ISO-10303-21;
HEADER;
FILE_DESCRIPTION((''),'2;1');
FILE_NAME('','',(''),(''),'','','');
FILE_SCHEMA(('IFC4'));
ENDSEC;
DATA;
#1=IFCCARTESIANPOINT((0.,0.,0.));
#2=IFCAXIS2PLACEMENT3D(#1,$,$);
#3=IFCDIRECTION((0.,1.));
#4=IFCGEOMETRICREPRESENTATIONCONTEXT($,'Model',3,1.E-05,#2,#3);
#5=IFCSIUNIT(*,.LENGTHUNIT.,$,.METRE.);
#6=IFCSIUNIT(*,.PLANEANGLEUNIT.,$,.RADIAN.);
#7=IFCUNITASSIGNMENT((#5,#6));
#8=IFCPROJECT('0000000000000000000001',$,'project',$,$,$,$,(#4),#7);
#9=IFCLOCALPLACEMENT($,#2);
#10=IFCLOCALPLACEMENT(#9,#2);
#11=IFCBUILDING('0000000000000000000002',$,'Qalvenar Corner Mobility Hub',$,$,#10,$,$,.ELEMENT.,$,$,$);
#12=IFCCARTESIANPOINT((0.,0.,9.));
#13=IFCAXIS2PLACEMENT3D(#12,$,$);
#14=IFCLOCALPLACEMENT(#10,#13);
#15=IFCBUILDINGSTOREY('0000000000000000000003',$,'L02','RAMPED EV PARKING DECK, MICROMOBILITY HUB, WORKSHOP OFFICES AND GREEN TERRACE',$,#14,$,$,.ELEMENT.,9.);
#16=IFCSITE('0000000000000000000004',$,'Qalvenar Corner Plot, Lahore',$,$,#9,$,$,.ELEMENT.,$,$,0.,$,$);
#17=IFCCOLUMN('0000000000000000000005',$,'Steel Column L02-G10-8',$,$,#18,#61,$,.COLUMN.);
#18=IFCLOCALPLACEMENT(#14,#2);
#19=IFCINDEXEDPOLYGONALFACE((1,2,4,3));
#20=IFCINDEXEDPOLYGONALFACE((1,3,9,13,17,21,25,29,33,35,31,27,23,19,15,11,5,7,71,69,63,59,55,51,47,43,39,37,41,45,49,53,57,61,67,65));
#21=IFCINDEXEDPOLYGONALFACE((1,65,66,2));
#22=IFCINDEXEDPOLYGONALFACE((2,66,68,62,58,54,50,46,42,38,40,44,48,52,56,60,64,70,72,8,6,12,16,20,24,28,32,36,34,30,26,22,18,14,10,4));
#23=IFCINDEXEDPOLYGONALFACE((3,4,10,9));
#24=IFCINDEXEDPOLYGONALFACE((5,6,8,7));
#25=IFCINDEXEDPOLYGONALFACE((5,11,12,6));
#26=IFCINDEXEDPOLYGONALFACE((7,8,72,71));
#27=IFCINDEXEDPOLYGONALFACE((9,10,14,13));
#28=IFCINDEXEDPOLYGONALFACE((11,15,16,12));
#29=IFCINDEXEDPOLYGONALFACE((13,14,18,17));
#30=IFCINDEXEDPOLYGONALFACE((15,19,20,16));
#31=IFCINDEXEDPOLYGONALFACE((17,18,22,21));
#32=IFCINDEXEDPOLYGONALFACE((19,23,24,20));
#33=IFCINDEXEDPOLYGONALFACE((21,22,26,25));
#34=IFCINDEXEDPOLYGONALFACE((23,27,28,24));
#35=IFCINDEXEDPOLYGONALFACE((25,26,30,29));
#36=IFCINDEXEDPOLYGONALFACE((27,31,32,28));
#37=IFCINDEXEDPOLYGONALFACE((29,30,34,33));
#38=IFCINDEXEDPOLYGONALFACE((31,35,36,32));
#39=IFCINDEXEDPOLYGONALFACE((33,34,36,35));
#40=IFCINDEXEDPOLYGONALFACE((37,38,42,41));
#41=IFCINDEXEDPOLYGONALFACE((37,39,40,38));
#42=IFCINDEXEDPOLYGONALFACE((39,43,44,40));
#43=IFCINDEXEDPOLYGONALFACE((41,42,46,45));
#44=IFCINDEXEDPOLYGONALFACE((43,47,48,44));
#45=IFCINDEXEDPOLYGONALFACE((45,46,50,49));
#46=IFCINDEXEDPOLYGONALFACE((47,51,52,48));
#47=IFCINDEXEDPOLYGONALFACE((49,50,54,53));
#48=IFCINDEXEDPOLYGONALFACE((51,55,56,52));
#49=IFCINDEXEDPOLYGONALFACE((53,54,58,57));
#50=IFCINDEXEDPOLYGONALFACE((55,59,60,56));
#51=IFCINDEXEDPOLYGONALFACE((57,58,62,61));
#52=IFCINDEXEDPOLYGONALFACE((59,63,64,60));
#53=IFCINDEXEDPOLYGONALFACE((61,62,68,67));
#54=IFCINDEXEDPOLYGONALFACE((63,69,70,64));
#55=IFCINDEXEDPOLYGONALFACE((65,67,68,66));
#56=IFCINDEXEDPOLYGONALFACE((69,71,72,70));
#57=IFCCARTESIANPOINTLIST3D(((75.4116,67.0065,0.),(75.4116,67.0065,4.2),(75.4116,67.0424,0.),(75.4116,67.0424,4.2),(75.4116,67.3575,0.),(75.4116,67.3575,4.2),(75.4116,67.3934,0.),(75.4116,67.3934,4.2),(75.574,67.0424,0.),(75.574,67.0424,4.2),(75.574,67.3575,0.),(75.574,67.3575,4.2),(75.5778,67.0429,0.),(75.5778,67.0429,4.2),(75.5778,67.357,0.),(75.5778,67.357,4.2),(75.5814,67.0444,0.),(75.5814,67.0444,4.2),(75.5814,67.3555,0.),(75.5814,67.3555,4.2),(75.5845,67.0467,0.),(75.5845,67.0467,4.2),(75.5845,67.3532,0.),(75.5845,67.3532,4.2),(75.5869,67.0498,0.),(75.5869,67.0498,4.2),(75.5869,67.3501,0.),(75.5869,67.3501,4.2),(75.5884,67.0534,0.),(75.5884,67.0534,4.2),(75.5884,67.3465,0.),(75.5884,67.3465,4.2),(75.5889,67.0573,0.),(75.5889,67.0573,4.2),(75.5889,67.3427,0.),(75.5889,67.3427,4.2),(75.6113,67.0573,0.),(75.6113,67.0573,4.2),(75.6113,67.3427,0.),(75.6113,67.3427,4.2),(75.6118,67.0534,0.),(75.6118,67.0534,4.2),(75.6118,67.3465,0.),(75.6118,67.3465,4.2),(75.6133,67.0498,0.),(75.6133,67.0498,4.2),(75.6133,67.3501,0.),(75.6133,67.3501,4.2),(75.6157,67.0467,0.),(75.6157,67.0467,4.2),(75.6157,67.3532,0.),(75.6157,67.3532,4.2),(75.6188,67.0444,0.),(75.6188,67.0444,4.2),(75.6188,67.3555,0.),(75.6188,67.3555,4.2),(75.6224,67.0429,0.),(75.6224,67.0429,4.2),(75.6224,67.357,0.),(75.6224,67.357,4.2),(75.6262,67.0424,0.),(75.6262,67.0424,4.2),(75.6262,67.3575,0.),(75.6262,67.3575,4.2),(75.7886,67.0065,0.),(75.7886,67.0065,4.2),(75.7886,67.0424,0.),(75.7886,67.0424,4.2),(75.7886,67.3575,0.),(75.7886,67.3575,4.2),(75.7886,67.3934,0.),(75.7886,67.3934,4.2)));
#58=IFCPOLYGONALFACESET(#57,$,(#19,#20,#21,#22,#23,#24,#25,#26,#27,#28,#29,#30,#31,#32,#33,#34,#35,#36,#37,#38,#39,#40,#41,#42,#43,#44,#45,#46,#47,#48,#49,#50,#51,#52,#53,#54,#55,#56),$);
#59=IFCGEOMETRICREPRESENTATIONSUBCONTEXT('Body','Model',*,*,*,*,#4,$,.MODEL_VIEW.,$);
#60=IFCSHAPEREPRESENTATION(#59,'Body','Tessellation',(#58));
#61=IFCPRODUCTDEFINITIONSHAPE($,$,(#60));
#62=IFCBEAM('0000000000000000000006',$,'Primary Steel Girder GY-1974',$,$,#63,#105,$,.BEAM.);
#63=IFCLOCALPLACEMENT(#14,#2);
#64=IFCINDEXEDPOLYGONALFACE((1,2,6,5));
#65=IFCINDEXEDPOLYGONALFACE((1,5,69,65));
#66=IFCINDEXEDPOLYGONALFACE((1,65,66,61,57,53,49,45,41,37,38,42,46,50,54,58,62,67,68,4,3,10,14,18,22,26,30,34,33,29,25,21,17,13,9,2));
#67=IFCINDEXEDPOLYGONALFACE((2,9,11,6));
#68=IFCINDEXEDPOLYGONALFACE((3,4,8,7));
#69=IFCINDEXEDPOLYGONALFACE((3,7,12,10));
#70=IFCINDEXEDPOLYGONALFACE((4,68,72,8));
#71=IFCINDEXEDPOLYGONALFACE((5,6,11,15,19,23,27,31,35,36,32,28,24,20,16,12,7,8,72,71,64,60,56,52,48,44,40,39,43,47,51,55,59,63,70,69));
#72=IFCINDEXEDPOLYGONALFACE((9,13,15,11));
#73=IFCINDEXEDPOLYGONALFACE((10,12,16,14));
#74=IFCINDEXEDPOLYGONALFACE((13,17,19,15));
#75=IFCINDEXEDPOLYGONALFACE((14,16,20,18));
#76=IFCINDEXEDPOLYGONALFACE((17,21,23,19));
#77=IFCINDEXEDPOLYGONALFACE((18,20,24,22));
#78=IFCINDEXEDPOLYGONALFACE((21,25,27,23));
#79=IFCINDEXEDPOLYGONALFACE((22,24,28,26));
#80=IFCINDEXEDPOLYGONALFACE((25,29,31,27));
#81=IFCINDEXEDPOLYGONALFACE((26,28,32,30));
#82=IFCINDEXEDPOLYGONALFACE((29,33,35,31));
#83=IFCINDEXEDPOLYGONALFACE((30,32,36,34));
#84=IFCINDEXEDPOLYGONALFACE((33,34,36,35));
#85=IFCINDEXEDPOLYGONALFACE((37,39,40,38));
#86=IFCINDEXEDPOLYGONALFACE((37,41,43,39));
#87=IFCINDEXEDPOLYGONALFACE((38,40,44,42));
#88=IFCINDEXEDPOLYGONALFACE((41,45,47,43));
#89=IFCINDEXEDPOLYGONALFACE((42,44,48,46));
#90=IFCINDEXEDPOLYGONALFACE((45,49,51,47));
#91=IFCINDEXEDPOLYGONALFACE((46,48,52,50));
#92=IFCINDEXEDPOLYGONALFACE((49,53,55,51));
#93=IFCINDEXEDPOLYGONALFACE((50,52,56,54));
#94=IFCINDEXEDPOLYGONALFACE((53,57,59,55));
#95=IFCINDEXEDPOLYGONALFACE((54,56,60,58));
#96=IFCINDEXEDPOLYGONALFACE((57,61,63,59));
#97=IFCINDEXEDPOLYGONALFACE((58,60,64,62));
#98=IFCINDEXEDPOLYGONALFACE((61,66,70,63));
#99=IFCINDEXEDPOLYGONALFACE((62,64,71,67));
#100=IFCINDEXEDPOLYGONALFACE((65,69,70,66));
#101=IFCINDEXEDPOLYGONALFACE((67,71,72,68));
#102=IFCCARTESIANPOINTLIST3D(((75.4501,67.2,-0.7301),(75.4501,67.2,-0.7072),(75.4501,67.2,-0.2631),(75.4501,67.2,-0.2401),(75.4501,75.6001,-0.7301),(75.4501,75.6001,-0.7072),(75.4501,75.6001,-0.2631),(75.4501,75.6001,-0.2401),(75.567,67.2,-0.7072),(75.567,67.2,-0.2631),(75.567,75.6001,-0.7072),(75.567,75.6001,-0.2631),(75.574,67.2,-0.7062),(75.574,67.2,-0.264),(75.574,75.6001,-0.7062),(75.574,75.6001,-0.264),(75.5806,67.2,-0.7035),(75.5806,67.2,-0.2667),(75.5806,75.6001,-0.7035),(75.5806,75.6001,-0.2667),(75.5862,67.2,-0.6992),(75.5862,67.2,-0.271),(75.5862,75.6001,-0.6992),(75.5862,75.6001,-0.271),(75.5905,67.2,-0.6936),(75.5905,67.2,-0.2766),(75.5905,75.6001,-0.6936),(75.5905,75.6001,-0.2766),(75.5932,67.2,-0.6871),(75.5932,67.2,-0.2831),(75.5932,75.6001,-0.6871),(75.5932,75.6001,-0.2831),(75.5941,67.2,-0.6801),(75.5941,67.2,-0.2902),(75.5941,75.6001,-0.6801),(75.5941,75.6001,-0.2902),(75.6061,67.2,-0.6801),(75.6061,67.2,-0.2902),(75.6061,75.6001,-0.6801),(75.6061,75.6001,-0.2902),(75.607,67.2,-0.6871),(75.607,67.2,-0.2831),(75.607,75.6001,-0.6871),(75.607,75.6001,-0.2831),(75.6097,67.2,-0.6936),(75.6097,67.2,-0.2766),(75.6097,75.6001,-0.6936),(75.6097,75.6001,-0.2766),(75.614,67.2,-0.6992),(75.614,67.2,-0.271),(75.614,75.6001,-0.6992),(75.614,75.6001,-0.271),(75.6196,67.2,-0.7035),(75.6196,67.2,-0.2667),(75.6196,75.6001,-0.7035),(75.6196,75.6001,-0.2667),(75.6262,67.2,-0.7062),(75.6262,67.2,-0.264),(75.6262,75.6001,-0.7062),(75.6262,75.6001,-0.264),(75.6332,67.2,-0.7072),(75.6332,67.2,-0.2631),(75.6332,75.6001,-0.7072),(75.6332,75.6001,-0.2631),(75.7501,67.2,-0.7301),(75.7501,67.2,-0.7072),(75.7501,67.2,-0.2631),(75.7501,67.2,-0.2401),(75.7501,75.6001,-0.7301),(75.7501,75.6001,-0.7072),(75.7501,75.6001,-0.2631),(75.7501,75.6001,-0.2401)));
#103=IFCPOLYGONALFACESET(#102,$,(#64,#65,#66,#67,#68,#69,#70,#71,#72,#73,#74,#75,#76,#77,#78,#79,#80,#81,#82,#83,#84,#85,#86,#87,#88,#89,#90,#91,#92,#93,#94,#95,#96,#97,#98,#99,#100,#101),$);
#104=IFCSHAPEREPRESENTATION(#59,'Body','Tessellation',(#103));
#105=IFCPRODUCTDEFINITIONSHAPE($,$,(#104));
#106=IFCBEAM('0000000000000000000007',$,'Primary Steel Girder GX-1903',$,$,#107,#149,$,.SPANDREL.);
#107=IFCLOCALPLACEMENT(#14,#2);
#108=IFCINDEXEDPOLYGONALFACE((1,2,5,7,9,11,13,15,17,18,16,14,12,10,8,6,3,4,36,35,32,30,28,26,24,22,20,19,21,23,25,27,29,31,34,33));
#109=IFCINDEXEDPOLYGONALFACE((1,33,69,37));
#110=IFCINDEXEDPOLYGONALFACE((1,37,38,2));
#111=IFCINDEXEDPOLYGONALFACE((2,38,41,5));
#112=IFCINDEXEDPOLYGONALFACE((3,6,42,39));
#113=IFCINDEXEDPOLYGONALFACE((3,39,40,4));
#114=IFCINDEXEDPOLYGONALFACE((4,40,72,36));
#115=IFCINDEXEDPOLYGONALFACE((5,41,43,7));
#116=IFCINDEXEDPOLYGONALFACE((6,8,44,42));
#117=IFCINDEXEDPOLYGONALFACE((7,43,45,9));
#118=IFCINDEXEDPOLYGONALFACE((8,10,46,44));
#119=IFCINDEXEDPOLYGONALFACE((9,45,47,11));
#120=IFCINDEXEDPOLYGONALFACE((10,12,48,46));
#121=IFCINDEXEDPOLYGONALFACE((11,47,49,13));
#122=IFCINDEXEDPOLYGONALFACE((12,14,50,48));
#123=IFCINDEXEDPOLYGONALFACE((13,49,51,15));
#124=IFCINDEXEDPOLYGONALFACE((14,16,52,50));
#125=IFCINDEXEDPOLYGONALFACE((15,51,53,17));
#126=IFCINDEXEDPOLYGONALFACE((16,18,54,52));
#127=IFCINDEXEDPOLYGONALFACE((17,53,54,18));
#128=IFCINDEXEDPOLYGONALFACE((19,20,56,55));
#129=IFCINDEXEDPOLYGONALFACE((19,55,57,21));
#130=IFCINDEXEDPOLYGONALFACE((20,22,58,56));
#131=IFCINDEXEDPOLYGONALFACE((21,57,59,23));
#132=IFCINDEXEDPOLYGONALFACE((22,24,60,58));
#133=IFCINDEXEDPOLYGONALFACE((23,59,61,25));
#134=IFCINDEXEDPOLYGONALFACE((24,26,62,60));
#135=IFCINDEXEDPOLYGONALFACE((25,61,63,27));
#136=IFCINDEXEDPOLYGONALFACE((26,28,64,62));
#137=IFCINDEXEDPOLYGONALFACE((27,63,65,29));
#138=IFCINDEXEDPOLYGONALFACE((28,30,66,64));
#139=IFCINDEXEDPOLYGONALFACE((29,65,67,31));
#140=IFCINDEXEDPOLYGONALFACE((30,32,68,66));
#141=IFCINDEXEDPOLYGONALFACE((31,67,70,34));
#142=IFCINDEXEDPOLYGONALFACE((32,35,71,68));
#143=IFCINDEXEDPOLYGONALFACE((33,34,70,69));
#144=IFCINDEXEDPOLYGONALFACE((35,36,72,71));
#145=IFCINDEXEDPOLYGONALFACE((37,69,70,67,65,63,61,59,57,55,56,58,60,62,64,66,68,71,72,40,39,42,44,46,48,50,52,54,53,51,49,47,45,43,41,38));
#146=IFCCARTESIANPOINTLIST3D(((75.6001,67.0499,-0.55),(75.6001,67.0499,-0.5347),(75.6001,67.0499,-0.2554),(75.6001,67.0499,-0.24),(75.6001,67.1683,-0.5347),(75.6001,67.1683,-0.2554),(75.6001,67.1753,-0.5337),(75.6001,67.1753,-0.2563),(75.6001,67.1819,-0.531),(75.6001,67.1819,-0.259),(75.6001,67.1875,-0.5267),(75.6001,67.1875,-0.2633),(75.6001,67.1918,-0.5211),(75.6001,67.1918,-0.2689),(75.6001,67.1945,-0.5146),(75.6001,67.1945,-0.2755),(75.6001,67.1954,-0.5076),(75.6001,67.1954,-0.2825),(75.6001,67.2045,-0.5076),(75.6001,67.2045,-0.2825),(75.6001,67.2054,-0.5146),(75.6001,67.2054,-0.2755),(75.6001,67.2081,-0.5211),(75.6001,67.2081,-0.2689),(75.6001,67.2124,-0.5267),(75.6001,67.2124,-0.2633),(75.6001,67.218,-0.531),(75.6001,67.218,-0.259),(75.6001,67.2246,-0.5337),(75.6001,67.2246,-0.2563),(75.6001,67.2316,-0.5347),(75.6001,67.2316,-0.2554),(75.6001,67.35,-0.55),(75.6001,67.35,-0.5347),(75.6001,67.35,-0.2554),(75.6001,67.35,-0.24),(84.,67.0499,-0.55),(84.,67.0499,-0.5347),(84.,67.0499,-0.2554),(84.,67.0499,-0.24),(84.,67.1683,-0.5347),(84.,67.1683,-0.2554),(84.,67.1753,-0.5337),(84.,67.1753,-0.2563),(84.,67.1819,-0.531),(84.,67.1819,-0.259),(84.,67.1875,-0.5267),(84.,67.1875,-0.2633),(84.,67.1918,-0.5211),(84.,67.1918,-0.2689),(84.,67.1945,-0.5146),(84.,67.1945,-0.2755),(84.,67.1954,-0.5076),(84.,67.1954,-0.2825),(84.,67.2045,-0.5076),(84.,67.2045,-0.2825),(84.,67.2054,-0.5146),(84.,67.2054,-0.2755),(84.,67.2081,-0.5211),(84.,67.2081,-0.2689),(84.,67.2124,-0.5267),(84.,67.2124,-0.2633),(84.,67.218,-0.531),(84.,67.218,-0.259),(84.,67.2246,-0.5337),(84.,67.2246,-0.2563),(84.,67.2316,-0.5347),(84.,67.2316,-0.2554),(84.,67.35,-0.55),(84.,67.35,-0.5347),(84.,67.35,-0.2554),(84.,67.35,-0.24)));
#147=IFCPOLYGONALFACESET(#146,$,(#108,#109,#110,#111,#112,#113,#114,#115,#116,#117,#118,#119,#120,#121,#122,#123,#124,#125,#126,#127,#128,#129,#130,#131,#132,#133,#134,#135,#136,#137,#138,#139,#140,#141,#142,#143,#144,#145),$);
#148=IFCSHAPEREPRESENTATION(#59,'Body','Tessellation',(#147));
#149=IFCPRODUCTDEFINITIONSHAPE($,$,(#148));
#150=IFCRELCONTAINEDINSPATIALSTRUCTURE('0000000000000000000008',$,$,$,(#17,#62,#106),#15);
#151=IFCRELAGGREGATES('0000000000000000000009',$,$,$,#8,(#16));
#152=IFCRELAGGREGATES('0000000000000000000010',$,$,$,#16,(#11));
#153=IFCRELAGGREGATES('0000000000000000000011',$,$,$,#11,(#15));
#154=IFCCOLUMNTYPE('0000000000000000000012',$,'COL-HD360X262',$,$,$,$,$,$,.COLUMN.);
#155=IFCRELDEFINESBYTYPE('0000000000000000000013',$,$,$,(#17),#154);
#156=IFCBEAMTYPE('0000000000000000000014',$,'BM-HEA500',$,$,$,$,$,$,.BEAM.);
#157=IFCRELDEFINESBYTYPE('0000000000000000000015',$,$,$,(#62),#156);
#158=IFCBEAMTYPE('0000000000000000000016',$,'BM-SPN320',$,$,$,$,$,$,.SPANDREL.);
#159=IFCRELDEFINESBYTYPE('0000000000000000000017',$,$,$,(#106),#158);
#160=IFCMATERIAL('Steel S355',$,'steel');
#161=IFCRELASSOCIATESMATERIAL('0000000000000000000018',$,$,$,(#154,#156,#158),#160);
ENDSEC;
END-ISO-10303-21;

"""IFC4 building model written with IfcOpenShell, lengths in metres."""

from ifc_helpers import new_model, si_unit, direction, frame, origin, origin_2d, place, context, subcontext, project, spatial, i_section, extrude, material, material_profile, profile_set, type_object, element, save


model = new_model("IFC4")

# Units and contexts
model_context = context("Model", 3, precision=1e-05, world=origin(), true_north=direction((0.0, 1.0)))
body_context = subcontext(model_context, "Body", "Model", "MODEL_VIEW")
ifc_project = project(units=[si_unit("LENGTHUNIT", "METRE"), si_unit("PLANEANGLEUNIT", "RADIAN")], contexts=[model_context])

# Site, building, storey
site_placement = place(None, origin())
site = spatial("IfcSite", under=ifc_project, at=site_placement, Name="Qalvenar Corner Plot, Lahore", CompositionType="ELEMENT", RefElevation=0.0)
building_placement = place(site_placement, origin())
building = spatial("IfcBuilding", under=site, at=building_placement, Name="Qalvenar Corner Mobility Hub", CompositionType="ELEMENT")
storey_placement = place(building_placement, frame((0.0, 0.0, 9.0)))
storey = spatial("IfcBuildingStorey", under=building, at=storey_placement, Name="L02", Description="RAMPED EV PARKING DECK, MICROMOBILITY HUB, WORKSHOP OFFICES AND GREEN TERRACE", CompositionType="ELEMENT", Elevation=9.0)

# Column
ifc_material_1 = material(Name="Steel S355", Category="steel")
ifc_material_profile_1 = material_profile(ifc_material_1, i_section(OverallWidth=0.377, OverallDepth=0.387, WebThickness=0.0225, FlangeThickness=0.0359, FilletRadius=0.0149, at=origin_2d()), Name="HD360x262")
ifc_profile_set_1 = profile_set([ifc_material_profile_1], Name="Steel S355")
column_type = type_object("IfcColumnType", Name="COL-HD360X262", PredefinedType="COLUMN", material=ifc_profile_set_1)
column_placement = place(storey_placement, frame((75.6001, 67.2, 0.0), z_axis=(0.0, 0.0, 1.0), x_axis=(1.0, 0.0, 0.0)))
element("IfcColumn", 1, at=column_placement, inside=storey, type_object=column_type, Name="Steel Column L02-G10-8", PredefinedType="COLUMN", context=body_context, shape_type="SweptSolid", body=[
    extrude(i_section(OverallWidth=0.377, OverallDepth=0.387, WebThickness=0.0225, FlangeThickness=0.0359, FilletRadius=0.0149, at=origin_2d()), origin(), (0.0, 0.0, 1.0), 4.2),
])

# Beams
ifc_material_profile_2 = material_profile(ifc_material_1, i_section(OverallWidth=0.3, OverallDepth=0.49, WebThickness=0.012, FlangeThickness=0.0229, FilletRadius=0.0271, at=origin_2d()), Name="HEA500")
ifc_profile_set_2 = profile_set([ifc_material_profile_2], Name="Steel S355")
beam_type_1 = type_object("IfcBeamType", Name="BM-HEA500", PredefinedType="BEAM", material=ifc_profile_set_2)
beam_1_placement = place(storey_placement, frame((75.6001, 67.2, -0.4851), z_axis=(0.0, 1.0, 0.0), x_axis=(-1.0, 0.0, 0.0)))
element("IfcBeam", 2, at=beam_1_placement, inside=storey, type_object=beam_type_1, Name="Primary Steel Girder GY-1974", PredefinedType="BEAM", context=body_context, shape_type="SweptSolid", body=[
    extrude(i_section(OverallWidth=0.3, OverallDepth=0.49, WebThickness=0.012, FlangeThickness=0.0229, FilletRadius=0.0271, at=origin_2d()), origin(), (0.0, 0.0, 1.0), 8.4001),
])
ifc_material_profile_3 = material_profile(ifc_material_1, i_section(OverallWidth=0.3, OverallDepth=0.3101, WebThickness=0.009, FlangeThickness=0.0154, FilletRadius=0.0271, at=origin_2d()), Name="HEA320")
ifc_profile_set_3 = profile_set([ifc_material_profile_3], Name="Steel S355")
beam_type_2 = type_object("IfcBeamType", Name="BM-SPN320", PredefinedType="SPANDREL", material=ifc_profile_set_3)
beam_2_placement = place(storey_placement, frame((75.6001, 67.2, -0.395), z_axis=(1.0, 0.0, 0.0), x_axis=(0.0, 1.0, 0.0)))
element("IfcBeam", 3, at=beam_2_placement, inside=storey, type_object=beam_type_2, Name="Primary Steel Girder GX-1903", PredefinedType="SPANDREL", context=body_context, shape_type="SweptSolid", body=[
    extrude(i_section(OverallWidth=0.3, OverallDepth=0.3101, WebThickness=0.009, FlangeThickness=0.0154, FilletRadius=0.0271, at=origin_2d()), origin(), (0.0, 0.0, 1.0), 8.3999),
])

save(model, "model.ifc")
